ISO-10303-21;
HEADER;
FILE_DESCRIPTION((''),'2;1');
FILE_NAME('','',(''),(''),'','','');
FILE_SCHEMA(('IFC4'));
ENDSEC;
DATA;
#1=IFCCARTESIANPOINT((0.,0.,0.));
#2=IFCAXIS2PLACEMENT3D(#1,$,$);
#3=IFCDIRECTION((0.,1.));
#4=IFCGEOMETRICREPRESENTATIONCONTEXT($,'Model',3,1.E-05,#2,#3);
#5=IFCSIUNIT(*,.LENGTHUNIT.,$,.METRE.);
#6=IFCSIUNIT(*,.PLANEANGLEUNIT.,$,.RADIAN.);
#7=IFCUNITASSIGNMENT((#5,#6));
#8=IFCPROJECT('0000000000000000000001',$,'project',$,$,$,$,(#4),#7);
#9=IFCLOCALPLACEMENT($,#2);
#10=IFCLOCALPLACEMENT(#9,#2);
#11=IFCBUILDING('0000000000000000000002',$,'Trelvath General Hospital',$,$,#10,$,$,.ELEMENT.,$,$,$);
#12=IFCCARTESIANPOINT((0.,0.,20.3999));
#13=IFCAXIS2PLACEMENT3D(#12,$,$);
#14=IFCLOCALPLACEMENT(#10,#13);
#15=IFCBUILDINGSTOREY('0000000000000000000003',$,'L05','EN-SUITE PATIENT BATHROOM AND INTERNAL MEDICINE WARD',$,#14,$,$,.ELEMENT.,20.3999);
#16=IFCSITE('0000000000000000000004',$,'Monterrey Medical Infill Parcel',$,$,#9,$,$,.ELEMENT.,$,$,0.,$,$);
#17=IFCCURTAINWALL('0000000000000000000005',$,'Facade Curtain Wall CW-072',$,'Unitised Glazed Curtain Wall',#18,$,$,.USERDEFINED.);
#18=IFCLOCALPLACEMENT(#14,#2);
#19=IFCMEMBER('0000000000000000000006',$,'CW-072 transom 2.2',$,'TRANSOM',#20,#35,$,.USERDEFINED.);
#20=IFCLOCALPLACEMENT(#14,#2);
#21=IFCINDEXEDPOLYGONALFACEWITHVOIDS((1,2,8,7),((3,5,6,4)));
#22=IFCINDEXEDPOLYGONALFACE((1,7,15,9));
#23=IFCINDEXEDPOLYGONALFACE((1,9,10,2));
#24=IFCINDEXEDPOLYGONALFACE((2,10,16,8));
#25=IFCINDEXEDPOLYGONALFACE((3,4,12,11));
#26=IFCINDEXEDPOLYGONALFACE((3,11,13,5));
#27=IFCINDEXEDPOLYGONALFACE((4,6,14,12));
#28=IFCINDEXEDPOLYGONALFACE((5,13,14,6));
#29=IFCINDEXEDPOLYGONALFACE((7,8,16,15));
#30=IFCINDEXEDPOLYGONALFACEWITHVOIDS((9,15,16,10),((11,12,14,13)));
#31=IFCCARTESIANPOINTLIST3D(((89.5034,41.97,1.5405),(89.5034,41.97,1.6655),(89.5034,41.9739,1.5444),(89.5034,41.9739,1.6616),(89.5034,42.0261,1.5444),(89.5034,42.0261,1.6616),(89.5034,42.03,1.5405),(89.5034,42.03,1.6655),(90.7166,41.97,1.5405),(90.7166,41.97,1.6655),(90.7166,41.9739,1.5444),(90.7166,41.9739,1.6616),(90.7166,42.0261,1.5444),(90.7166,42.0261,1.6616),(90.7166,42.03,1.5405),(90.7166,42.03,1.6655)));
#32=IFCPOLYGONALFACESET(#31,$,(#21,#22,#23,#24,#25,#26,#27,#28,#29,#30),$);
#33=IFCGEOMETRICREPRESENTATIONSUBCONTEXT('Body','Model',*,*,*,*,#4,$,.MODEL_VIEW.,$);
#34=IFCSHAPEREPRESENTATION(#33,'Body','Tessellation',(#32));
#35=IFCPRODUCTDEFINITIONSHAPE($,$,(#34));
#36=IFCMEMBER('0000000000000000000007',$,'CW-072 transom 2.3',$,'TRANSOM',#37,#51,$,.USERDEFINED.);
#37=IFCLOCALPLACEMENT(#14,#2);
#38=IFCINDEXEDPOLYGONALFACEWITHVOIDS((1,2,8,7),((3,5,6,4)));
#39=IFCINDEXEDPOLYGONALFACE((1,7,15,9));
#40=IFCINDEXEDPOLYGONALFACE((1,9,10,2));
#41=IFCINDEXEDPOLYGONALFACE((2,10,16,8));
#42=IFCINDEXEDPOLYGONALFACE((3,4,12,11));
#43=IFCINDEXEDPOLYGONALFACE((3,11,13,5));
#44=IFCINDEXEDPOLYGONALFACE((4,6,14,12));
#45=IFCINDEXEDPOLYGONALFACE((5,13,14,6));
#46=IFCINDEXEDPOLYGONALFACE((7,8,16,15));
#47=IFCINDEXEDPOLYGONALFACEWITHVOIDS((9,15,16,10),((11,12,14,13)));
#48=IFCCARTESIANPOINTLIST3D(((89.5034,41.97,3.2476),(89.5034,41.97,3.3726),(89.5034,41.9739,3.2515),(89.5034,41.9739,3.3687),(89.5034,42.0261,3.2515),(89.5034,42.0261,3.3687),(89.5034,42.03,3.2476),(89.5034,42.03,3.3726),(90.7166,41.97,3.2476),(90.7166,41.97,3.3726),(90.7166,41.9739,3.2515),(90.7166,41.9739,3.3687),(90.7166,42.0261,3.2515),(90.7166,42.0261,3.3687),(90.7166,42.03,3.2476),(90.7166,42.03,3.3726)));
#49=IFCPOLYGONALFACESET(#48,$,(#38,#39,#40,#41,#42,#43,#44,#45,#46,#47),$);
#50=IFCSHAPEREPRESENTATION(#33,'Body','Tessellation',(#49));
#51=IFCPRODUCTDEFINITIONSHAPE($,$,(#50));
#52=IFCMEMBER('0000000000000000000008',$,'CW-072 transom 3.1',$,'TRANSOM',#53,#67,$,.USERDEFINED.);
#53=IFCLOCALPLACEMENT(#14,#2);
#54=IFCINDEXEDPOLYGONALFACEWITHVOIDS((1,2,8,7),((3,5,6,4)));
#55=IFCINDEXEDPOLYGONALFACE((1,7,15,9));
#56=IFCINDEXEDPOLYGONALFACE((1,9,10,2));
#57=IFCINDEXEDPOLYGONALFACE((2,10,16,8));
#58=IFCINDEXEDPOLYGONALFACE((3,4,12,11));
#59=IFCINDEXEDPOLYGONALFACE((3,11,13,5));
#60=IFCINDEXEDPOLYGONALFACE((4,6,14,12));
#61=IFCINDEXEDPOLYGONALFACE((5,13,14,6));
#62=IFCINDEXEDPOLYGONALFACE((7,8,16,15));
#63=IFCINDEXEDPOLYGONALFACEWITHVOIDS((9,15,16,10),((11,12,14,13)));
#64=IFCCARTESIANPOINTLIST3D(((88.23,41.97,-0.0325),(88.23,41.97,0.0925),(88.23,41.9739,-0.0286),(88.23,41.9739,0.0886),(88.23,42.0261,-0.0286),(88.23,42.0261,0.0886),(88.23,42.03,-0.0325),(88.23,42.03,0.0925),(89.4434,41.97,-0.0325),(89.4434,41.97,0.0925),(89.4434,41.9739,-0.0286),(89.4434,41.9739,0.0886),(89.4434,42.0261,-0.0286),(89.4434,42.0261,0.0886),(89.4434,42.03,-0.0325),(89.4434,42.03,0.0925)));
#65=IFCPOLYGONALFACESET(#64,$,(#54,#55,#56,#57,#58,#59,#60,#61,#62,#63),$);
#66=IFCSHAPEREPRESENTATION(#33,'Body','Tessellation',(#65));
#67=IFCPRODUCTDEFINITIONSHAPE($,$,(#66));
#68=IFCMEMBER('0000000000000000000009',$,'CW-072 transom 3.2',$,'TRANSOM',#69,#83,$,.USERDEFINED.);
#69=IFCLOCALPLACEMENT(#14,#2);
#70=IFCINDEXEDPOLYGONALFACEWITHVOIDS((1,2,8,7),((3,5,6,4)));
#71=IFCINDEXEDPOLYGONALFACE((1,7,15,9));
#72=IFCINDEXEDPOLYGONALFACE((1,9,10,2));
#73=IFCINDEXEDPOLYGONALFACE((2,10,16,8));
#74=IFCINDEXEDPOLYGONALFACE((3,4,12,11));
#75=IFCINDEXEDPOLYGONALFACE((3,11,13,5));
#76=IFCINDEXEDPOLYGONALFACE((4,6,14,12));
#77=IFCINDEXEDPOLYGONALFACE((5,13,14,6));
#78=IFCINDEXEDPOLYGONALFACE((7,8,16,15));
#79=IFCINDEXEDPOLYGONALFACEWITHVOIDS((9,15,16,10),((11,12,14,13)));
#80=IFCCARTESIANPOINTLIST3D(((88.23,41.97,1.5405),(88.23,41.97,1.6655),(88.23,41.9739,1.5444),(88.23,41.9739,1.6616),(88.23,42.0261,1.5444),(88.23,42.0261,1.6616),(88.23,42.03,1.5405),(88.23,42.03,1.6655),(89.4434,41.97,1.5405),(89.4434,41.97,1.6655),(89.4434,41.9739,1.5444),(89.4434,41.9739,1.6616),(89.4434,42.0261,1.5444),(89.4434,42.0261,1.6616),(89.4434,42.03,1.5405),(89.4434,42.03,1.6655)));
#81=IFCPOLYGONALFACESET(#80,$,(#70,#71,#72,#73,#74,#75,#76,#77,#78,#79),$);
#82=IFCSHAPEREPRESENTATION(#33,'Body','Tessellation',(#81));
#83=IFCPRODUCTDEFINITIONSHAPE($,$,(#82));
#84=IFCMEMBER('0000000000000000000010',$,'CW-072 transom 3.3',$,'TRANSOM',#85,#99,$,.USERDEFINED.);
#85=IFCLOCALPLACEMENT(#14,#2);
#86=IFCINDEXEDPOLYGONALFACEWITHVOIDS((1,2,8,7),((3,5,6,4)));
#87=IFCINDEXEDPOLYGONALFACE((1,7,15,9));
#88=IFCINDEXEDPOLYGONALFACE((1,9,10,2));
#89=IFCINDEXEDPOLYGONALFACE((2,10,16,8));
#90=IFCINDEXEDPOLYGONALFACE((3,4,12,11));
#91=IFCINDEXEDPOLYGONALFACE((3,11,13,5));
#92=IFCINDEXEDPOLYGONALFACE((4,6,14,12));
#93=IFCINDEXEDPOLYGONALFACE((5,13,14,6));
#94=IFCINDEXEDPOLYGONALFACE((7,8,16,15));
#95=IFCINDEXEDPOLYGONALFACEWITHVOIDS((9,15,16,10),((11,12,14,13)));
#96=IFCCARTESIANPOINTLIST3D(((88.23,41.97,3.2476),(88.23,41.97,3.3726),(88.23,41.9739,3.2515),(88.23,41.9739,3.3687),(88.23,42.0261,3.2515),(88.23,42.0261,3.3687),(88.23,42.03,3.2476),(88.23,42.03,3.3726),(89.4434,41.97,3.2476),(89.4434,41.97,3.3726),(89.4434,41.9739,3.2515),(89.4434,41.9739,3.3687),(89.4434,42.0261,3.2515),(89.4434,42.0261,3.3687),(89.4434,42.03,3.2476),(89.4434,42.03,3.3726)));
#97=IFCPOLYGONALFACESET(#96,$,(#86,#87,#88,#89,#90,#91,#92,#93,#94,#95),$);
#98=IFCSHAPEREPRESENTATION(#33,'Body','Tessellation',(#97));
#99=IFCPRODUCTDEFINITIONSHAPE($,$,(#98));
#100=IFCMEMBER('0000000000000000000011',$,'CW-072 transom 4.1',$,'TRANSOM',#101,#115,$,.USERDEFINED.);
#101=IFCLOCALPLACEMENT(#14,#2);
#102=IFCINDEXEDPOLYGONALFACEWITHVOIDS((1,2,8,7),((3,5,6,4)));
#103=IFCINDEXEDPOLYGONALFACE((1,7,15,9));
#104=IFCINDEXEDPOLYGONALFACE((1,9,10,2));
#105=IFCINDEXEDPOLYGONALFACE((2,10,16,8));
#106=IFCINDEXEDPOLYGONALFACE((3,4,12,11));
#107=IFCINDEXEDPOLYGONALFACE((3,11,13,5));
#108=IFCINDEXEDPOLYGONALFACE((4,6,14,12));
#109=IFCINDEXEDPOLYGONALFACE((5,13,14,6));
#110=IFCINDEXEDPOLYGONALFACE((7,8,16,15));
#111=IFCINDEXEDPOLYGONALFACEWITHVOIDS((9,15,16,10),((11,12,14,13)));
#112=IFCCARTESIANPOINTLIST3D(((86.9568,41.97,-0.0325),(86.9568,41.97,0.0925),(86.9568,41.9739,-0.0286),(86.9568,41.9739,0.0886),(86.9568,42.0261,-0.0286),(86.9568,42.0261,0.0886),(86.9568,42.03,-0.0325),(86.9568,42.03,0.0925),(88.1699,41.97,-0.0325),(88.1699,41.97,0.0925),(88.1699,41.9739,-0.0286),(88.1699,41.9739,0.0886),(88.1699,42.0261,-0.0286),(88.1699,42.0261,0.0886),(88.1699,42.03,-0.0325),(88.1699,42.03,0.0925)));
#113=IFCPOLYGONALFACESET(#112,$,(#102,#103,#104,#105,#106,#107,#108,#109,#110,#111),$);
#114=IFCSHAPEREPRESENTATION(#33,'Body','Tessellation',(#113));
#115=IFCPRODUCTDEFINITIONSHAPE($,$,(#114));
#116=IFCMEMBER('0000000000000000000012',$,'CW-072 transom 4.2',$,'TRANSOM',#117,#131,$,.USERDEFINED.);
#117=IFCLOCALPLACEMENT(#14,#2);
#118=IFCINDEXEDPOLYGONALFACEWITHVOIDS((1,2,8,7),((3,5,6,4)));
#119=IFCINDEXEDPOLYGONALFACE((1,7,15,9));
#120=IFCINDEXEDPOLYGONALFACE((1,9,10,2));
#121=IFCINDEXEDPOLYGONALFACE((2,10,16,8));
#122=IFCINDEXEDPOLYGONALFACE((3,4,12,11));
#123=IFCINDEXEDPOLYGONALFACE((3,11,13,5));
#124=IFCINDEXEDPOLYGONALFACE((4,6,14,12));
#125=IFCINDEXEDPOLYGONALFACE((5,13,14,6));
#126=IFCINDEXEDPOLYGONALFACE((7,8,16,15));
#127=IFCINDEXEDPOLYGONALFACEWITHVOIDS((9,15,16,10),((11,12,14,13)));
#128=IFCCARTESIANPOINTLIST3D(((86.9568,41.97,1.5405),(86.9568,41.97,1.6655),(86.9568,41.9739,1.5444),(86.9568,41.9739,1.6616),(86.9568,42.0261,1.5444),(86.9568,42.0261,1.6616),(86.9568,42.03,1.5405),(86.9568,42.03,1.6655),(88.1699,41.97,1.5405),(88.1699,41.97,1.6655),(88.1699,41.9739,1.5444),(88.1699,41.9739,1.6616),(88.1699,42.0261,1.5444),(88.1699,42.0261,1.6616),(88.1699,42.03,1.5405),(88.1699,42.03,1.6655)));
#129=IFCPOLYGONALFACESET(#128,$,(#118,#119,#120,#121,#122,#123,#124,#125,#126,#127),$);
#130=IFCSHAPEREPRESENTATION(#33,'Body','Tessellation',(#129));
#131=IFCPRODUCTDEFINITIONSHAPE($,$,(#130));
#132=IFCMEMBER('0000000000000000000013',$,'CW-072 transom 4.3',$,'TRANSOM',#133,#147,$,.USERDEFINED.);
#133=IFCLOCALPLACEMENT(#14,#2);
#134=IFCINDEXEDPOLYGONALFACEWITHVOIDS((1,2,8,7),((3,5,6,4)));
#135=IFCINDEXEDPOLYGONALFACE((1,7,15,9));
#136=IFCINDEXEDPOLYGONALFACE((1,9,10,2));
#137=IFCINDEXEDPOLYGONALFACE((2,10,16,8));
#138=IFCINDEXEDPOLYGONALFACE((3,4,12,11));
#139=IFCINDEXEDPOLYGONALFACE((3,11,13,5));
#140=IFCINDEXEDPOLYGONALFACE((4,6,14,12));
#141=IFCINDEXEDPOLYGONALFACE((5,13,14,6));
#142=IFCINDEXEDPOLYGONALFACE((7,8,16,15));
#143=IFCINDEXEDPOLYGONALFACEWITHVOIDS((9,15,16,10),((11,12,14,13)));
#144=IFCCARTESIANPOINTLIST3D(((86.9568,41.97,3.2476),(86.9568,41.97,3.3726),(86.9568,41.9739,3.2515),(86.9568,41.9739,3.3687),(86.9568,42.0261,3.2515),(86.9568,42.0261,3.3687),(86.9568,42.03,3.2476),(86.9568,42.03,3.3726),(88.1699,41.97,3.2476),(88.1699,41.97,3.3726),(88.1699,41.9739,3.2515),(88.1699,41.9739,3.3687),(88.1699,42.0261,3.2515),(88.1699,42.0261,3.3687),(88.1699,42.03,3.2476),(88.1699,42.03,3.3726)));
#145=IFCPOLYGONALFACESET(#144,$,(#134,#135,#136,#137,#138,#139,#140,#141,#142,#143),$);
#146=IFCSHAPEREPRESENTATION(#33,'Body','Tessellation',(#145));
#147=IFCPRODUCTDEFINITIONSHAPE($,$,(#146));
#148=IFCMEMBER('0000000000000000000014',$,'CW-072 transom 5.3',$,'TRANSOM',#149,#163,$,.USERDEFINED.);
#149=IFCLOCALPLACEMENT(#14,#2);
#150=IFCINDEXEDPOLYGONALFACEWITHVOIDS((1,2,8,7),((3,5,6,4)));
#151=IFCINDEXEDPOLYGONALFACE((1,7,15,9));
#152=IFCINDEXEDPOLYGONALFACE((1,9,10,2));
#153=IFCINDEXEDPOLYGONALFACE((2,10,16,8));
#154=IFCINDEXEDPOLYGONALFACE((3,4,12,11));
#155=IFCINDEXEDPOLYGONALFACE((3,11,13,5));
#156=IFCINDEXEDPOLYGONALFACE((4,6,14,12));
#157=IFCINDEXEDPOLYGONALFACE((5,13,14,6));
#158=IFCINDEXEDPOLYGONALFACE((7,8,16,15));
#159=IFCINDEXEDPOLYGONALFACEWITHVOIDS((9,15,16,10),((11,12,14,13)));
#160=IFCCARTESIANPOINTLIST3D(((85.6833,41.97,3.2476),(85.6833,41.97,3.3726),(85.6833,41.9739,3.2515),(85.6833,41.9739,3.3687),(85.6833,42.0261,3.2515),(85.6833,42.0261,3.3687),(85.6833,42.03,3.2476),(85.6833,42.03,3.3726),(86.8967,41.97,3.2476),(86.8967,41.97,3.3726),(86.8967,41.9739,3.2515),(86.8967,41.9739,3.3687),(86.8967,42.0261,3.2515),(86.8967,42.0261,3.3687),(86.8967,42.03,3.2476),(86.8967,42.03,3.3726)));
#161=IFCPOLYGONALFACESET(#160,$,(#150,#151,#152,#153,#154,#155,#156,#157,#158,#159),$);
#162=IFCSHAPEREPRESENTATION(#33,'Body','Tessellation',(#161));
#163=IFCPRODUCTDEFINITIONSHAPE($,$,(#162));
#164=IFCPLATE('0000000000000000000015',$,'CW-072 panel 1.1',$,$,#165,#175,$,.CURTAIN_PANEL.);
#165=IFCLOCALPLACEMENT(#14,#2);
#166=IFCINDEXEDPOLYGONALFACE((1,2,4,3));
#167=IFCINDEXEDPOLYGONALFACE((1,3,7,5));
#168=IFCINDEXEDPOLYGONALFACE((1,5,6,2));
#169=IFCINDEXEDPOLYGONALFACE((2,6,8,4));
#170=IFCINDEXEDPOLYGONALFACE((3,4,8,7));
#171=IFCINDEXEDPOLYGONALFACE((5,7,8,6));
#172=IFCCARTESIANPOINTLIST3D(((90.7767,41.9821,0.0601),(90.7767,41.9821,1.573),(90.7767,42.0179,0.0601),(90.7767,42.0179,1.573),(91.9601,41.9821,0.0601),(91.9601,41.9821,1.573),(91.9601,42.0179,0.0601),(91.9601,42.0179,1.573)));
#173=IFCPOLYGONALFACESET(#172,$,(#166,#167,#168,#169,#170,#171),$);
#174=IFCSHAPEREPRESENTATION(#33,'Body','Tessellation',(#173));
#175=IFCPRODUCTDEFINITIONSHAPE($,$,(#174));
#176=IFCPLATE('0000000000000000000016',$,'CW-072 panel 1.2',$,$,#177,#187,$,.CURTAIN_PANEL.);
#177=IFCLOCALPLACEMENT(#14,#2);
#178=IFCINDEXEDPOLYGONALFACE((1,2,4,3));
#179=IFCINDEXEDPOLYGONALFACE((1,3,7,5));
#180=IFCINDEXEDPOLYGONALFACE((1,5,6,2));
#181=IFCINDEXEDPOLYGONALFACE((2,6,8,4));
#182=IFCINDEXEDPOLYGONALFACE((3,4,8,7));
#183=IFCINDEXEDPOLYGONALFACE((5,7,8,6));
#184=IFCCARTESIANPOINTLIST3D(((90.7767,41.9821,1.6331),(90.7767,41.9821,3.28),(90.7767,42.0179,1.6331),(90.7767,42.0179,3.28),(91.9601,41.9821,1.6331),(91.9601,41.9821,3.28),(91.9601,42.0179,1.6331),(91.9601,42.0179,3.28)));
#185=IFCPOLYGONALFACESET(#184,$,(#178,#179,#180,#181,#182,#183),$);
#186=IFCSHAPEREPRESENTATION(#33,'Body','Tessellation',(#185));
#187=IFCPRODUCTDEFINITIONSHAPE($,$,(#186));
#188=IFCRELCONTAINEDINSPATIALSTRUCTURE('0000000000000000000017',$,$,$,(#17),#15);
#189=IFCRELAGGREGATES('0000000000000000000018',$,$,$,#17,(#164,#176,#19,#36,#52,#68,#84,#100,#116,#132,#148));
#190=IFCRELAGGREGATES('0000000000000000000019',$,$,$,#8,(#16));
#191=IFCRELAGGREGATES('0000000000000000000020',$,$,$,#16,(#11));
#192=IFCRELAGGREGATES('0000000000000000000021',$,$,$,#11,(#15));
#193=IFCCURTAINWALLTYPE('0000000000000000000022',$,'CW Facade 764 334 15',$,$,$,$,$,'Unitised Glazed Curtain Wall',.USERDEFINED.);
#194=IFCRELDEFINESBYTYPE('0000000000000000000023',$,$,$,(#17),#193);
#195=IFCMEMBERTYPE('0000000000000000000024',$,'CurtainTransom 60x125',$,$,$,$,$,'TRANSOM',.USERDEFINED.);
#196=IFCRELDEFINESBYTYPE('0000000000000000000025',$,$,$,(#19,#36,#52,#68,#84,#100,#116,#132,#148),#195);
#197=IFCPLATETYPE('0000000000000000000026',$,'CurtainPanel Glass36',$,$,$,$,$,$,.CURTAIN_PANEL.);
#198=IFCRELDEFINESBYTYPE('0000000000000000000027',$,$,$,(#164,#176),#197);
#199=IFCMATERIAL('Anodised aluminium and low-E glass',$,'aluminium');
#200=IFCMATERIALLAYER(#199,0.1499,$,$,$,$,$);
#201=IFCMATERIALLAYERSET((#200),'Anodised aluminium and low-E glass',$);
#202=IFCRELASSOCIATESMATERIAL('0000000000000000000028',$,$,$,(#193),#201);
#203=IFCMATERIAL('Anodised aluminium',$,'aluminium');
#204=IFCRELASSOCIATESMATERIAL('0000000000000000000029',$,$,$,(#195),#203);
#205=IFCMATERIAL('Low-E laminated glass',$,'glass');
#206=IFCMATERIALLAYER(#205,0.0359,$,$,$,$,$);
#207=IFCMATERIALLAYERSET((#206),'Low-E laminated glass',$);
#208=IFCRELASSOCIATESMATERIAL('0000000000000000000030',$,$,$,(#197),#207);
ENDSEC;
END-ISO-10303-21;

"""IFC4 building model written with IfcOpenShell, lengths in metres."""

from ifc_helpers import new_model, si_unit, direction, frame, origin, origin_2d, place, context, subcontext, project, spatial, rectangle, hollow_rectangle, extrude, material, layer, layer_set, material_profile, profile_set, type_object, element, aggregate, save


model = new_model("IFC4")

# Units and contexts
model_context = context("Model", 3, precision=1e-05, world=origin(), true_north=direction((0.0, 1.0)))
body_context = subcontext(model_context, "Body", "Model", "MODEL_VIEW")
ifc_project = project(units=[si_unit("LENGTHUNIT", "METRE"), si_unit("PLANEANGLEUNIT", "RADIAN")], contexts=[model_context])

# Site, building, storey
site_placement = place(None, origin())
site = spatial("IfcSite", under=ifc_project, at=site_placement, Name="Monterrey Medical Infill Parcel", CompositionType="ELEMENT", RefElevation=0.0)
building_placement = place(site_placement, origin())
building = spatial("IfcBuilding", under=site, at=building_placement, Name="Trelvath General Hospital", CompositionType="ELEMENT")
storey_placement = place(building_placement, frame((0.0, 0.0, 20.3999)))
storey = spatial("IfcBuildingStorey", under=building, at=storey_placement, Name="L05", Description="EN-SUITE PATIENT BATHROOM AND INTERNAL MEDICINE WARD", CompositionType="ELEMENT", Elevation=20.3999)

# Curtain wall, members, plates
ifc_material_1 = material(Name="Anodised aluminium and low-E glass", Category="aluminium")
ifc_layer_1 = layer(ifc_material_1, 0.1499)
ifc_layer_set_1 = layer_set([ifc_layer_1], Name="Anodised aluminium and low-E glass")
curtain_wall_type = type_object("IfcCurtainWallType", Name="CW Facade 764 334 15", ElementType="Unitised Glazed Curtain Wall", PredefinedType="USERDEFINED", material=ifc_layer_set_1)
curtain_wall_placement = place(storey_placement, origin())
curtain_wall = element("IfcCurtainWall", 1, at=curtain_wall_placement, inside=storey, type_object=curtain_wall_type, Name="Facade Curtain Wall CW-072", ObjectType="Unitised Glazed Curtain Wall", PredefinedType="USERDEFINED")
ifc_material_2 = material(Name="Anodised aluminium", Category="aluminium")
ifc_material_profile_1 = material_profile(ifc_material_2, hollow_rectangle(XDim=0.0601, YDim=0.125, WallThickness=0.0039, at=origin_2d()), Name="RHS60x125x4")
ifc_profile_set_1 = profile_set([ifc_material_profile_1], Name="Anodised aluminium")
member_type_1 = type_object("IfcMemberType", Name="CurtainTransom 60x125", ElementType="TRANSOM", PredefinedType="USERDEFINED", material=ifc_profile_set_1)
member_1_placement = place(storey_placement, frame((90.7166, 42.0, 1.603), z_axis=(-1.0, 0.0, 0.0), x_axis=(0.0, -1.0, 0.0)))
member_1 = element("IfcMember", 2, at=member_1_placement, type_object=member_type_1, Name="CW-072 transom 2.2", ObjectType="TRANSOM", PredefinedType="USERDEFINED", context=body_context, shape_type="SweptSolid", body=[
    extrude(hollow_rectangle(XDim=0.0601, YDim=0.125, WallThickness=0.0039, at=origin_2d()), origin(), (0.0, 0.0, 1.0), 1.2131),
])
member_2_placement = place(storey_placement, frame((90.7166, 42.0, 3.3101), z_axis=(-1.0, 0.0, 0.0), x_axis=(0.0, -1.0, 0.0)))
member_2 = element("IfcMember", 3, at=member_2_placement, type_object=member_type_1, Name="CW-072 transom 2.3", ObjectType="TRANSOM", PredefinedType="USERDEFINED", context=body_context, shape_type="SweptSolid", body=[
    extrude(hollow_rectangle(XDim=0.0601, YDim=0.125, WallThickness=0.0039, at=origin_2d()), origin(), (0.0, 0.0, 1.0), 1.2131),
])
member_3_placement = place(storey_placement, frame((89.4434, 42.0, 0.03), z_axis=(-1.0, 0.0, 0.0), x_axis=(0.0, -1.0, 0.0)))
member_3 = element("IfcMember", 4, at=member_3_placement, type_object=member_type_1, Name="CW-072 transom 3.1", ObjectType="TRANSOM", PredefinedType="USERDEFINED", context=body_context, shape_type="SweptSolid", body=[
    extrude(hollow_rectangle(XDim=0.0601, YDim=0.125, WallThickness=0.0039, at=origin_2d()), origin(), (0.0, 0.0, 1.0), 1.2134),
])
member_4_placement = place(storey_placement, frame((89.4434, 42.0, 1.603), z_axis=(-1.0, 0.0, 0.0), x_axis=(0.0, -1.0, 0.0)))
member_4 = element("IfcMember", 5, at=member_4_placement, type_object=member_type_1, Name="CW-072 transom 3.2", ObjectType="TRANSOM", PredefinedType="USERDEFINED", context=body_context, shape_type="SweptSolid", body=[
    extrude(hollow_rectangle(XDim=0.0601, YDim=0.125, WallThickness=0.0039, at=origin_2d()), origin(), (0.0, 0.0, 1.0), 1.2134),
])
member_5_placement = place(storey_placement, frame((89.4434, 42.0, 3.3101), z_axis=(-1.0, 0.0, 0.0), x_axis=(0.0, -1.0, 0.0)))
member_5 = element("IfcMember", 6, at=member_5_placement, type_object=member_type_1, Name="CW-072 transom 3.3", ObjectType="TRANSOM", PredefinedType="USERDEFINED", context=body_context, shape_type="SweptSolid", body=[
    extrude(hollow_rectangle(XDim=0.0601, YDim=0.125, WallThickness=0.0039, at=origin_2d()), origin(), (0.0, 0.0, 1.0), 1.2134),
])
member_6_placement = place(storey_placement, frame((88.1699, 42.0, 0.03), z_axis=(-1.0, 0.0, 0.0), x_axis=(0.0, -1.0, 0.0)))
member_6 = element("IfcMember", 7, at=member_6_placement, type_object=member_type_1, Name="CW-072 transom 4.1", ObjectType="TRANSOM", PredefinedType="USERDEFINED", context=body_context, shape_type="SweptSolid", body=[
    extrude(hollow_rectangle(XDim=0.0601, YDim=0.125, WallThickness=0.0039, at=origin_2d()), origin(), (0.0, 0.0, 1.0), 1.2131),
])
member_7_placement = place(storey_placement, frame((88.1699, 42.0, 1.603), z_axis=(-1.0, 0.0, 0.0), x_axis=(0.0, -1.0, 0.0)))
member_7 = element("IfcMember", 8, at=member_7_placement, type_object=member_type_1, Name="CW-072 transom 4.2", ObjectType="TRANSOM", PredefinedType="USERDEFINED", context=body_context, shape_type="SweptSolid", body=[
    extrude(hollow_rectangle(XDim=0.0601, YDim=0.125, WallThickness=0.0039, at=origin_2d()), origin(), (0.0, 0.0, 1.0), 1.2131),
])
member_8_placement = place(storey_placement, frame((88.1699, 42.0, 3.3101), z_axis=(-1.0, 0.0, 0.0), x_axis=(0.0, -1.0, 0.0)))
member_8 = element("IfcMember", 9, at=member_8_placement, type_object=member_type_1, Name="CW-072 transom 4.3", ObjectType="TRANSOM", PredefinedType="USERDEFINED", context=body_context, shape_type="SweptSolid", body=[
    extrude(hollow_rectangle(XDim=0.0601, YDim=0.125, WallThickness=0.0039, at=origin_2d()), origin(), (0.0, 0.0, 1.0), 1.2131),
])
member_9_placement = place(storey_placement, frame((86.8967, 42.0, 3.3101), z_axis=(-1.0, 0.0, 0.0), x_axis=(0.0, -1.0, 0.0)))
member_9 = element("IfcMember", 10, at=member_9_placement, type_object=member_type_1, Name="CW-072 transom 5.3", ObjectType="TRANSOM", PredefinedType="USERDEFINED", context=body_context, shape_type="SweptSolid", body=[
    extrude(hollow_rectangle(XDim=0.0601, YDim=0.125, WallThickness=0.0039, at=origin_2d()), origin(), (0.0, 0.0, 1.0), 1.2134),
])
ifc_material_3 = material(Name="Low-E laminated glass", Category="glass")
ifc_layer_2 = layer(ifc_material_3, 0.0359)
ifc_layer_set_2 = layer_set([ifc_layer_2], Name="Low-E laminated glass")
plate_type = type_object("IfcPlateType", Name="CurtainPanel Glass36", PredefinedType="CURTAIN_PANEL", material=ifc_layer_set_2)
plate_1_placement = place(storey_placement, frame((91.3684, 42.0, 0.0601), z_axis=(0.0, 0.0, 1.0), x_axis=(-1.0, 0.0, 0.0)))
plate_1 = element("IfcPlate", 11, at=plate_1_placement, type_object=plate_type, Name="CW-072 panel 1.1", PredefinedType="CURTAIN_PANEL", context=body_context, shape_type="SweptSolid", body=[
    extrude(rectangle(XDim=1.1833, YDim=0.0359, at=origin_2d()), origin(), (0.0, 0.0, 1.0), 1.5129),
])
plate_2_placement = place(storey_placement, frame((91.3684, 42.0, 1.6331), z_axis=(0.0, 0.0, 1.0), x_axis=(-1.0, 0.0, 0.0)))
plate_2 = element("IfcPlate", 12, at=plate_2_placement, type_object=plate_type, Name="CW-072 panel 1.2", PredefinedType="CURTAIN_PANEL", context=body_context, shape_type="SweptSolid", body=[
    extrude(rectangle(XDim=1.1833, YDim=0.0359, at=origin_2d()), origin(), (0.0, 0.0, 1.0), 1.647),
])
aggregate(curtain_wall, [plate_1, plate_2, member_1, member_2, member_3, member_4, member_5, member_6, member_7, member_8, member_9])

save(model, "model.ifc")
